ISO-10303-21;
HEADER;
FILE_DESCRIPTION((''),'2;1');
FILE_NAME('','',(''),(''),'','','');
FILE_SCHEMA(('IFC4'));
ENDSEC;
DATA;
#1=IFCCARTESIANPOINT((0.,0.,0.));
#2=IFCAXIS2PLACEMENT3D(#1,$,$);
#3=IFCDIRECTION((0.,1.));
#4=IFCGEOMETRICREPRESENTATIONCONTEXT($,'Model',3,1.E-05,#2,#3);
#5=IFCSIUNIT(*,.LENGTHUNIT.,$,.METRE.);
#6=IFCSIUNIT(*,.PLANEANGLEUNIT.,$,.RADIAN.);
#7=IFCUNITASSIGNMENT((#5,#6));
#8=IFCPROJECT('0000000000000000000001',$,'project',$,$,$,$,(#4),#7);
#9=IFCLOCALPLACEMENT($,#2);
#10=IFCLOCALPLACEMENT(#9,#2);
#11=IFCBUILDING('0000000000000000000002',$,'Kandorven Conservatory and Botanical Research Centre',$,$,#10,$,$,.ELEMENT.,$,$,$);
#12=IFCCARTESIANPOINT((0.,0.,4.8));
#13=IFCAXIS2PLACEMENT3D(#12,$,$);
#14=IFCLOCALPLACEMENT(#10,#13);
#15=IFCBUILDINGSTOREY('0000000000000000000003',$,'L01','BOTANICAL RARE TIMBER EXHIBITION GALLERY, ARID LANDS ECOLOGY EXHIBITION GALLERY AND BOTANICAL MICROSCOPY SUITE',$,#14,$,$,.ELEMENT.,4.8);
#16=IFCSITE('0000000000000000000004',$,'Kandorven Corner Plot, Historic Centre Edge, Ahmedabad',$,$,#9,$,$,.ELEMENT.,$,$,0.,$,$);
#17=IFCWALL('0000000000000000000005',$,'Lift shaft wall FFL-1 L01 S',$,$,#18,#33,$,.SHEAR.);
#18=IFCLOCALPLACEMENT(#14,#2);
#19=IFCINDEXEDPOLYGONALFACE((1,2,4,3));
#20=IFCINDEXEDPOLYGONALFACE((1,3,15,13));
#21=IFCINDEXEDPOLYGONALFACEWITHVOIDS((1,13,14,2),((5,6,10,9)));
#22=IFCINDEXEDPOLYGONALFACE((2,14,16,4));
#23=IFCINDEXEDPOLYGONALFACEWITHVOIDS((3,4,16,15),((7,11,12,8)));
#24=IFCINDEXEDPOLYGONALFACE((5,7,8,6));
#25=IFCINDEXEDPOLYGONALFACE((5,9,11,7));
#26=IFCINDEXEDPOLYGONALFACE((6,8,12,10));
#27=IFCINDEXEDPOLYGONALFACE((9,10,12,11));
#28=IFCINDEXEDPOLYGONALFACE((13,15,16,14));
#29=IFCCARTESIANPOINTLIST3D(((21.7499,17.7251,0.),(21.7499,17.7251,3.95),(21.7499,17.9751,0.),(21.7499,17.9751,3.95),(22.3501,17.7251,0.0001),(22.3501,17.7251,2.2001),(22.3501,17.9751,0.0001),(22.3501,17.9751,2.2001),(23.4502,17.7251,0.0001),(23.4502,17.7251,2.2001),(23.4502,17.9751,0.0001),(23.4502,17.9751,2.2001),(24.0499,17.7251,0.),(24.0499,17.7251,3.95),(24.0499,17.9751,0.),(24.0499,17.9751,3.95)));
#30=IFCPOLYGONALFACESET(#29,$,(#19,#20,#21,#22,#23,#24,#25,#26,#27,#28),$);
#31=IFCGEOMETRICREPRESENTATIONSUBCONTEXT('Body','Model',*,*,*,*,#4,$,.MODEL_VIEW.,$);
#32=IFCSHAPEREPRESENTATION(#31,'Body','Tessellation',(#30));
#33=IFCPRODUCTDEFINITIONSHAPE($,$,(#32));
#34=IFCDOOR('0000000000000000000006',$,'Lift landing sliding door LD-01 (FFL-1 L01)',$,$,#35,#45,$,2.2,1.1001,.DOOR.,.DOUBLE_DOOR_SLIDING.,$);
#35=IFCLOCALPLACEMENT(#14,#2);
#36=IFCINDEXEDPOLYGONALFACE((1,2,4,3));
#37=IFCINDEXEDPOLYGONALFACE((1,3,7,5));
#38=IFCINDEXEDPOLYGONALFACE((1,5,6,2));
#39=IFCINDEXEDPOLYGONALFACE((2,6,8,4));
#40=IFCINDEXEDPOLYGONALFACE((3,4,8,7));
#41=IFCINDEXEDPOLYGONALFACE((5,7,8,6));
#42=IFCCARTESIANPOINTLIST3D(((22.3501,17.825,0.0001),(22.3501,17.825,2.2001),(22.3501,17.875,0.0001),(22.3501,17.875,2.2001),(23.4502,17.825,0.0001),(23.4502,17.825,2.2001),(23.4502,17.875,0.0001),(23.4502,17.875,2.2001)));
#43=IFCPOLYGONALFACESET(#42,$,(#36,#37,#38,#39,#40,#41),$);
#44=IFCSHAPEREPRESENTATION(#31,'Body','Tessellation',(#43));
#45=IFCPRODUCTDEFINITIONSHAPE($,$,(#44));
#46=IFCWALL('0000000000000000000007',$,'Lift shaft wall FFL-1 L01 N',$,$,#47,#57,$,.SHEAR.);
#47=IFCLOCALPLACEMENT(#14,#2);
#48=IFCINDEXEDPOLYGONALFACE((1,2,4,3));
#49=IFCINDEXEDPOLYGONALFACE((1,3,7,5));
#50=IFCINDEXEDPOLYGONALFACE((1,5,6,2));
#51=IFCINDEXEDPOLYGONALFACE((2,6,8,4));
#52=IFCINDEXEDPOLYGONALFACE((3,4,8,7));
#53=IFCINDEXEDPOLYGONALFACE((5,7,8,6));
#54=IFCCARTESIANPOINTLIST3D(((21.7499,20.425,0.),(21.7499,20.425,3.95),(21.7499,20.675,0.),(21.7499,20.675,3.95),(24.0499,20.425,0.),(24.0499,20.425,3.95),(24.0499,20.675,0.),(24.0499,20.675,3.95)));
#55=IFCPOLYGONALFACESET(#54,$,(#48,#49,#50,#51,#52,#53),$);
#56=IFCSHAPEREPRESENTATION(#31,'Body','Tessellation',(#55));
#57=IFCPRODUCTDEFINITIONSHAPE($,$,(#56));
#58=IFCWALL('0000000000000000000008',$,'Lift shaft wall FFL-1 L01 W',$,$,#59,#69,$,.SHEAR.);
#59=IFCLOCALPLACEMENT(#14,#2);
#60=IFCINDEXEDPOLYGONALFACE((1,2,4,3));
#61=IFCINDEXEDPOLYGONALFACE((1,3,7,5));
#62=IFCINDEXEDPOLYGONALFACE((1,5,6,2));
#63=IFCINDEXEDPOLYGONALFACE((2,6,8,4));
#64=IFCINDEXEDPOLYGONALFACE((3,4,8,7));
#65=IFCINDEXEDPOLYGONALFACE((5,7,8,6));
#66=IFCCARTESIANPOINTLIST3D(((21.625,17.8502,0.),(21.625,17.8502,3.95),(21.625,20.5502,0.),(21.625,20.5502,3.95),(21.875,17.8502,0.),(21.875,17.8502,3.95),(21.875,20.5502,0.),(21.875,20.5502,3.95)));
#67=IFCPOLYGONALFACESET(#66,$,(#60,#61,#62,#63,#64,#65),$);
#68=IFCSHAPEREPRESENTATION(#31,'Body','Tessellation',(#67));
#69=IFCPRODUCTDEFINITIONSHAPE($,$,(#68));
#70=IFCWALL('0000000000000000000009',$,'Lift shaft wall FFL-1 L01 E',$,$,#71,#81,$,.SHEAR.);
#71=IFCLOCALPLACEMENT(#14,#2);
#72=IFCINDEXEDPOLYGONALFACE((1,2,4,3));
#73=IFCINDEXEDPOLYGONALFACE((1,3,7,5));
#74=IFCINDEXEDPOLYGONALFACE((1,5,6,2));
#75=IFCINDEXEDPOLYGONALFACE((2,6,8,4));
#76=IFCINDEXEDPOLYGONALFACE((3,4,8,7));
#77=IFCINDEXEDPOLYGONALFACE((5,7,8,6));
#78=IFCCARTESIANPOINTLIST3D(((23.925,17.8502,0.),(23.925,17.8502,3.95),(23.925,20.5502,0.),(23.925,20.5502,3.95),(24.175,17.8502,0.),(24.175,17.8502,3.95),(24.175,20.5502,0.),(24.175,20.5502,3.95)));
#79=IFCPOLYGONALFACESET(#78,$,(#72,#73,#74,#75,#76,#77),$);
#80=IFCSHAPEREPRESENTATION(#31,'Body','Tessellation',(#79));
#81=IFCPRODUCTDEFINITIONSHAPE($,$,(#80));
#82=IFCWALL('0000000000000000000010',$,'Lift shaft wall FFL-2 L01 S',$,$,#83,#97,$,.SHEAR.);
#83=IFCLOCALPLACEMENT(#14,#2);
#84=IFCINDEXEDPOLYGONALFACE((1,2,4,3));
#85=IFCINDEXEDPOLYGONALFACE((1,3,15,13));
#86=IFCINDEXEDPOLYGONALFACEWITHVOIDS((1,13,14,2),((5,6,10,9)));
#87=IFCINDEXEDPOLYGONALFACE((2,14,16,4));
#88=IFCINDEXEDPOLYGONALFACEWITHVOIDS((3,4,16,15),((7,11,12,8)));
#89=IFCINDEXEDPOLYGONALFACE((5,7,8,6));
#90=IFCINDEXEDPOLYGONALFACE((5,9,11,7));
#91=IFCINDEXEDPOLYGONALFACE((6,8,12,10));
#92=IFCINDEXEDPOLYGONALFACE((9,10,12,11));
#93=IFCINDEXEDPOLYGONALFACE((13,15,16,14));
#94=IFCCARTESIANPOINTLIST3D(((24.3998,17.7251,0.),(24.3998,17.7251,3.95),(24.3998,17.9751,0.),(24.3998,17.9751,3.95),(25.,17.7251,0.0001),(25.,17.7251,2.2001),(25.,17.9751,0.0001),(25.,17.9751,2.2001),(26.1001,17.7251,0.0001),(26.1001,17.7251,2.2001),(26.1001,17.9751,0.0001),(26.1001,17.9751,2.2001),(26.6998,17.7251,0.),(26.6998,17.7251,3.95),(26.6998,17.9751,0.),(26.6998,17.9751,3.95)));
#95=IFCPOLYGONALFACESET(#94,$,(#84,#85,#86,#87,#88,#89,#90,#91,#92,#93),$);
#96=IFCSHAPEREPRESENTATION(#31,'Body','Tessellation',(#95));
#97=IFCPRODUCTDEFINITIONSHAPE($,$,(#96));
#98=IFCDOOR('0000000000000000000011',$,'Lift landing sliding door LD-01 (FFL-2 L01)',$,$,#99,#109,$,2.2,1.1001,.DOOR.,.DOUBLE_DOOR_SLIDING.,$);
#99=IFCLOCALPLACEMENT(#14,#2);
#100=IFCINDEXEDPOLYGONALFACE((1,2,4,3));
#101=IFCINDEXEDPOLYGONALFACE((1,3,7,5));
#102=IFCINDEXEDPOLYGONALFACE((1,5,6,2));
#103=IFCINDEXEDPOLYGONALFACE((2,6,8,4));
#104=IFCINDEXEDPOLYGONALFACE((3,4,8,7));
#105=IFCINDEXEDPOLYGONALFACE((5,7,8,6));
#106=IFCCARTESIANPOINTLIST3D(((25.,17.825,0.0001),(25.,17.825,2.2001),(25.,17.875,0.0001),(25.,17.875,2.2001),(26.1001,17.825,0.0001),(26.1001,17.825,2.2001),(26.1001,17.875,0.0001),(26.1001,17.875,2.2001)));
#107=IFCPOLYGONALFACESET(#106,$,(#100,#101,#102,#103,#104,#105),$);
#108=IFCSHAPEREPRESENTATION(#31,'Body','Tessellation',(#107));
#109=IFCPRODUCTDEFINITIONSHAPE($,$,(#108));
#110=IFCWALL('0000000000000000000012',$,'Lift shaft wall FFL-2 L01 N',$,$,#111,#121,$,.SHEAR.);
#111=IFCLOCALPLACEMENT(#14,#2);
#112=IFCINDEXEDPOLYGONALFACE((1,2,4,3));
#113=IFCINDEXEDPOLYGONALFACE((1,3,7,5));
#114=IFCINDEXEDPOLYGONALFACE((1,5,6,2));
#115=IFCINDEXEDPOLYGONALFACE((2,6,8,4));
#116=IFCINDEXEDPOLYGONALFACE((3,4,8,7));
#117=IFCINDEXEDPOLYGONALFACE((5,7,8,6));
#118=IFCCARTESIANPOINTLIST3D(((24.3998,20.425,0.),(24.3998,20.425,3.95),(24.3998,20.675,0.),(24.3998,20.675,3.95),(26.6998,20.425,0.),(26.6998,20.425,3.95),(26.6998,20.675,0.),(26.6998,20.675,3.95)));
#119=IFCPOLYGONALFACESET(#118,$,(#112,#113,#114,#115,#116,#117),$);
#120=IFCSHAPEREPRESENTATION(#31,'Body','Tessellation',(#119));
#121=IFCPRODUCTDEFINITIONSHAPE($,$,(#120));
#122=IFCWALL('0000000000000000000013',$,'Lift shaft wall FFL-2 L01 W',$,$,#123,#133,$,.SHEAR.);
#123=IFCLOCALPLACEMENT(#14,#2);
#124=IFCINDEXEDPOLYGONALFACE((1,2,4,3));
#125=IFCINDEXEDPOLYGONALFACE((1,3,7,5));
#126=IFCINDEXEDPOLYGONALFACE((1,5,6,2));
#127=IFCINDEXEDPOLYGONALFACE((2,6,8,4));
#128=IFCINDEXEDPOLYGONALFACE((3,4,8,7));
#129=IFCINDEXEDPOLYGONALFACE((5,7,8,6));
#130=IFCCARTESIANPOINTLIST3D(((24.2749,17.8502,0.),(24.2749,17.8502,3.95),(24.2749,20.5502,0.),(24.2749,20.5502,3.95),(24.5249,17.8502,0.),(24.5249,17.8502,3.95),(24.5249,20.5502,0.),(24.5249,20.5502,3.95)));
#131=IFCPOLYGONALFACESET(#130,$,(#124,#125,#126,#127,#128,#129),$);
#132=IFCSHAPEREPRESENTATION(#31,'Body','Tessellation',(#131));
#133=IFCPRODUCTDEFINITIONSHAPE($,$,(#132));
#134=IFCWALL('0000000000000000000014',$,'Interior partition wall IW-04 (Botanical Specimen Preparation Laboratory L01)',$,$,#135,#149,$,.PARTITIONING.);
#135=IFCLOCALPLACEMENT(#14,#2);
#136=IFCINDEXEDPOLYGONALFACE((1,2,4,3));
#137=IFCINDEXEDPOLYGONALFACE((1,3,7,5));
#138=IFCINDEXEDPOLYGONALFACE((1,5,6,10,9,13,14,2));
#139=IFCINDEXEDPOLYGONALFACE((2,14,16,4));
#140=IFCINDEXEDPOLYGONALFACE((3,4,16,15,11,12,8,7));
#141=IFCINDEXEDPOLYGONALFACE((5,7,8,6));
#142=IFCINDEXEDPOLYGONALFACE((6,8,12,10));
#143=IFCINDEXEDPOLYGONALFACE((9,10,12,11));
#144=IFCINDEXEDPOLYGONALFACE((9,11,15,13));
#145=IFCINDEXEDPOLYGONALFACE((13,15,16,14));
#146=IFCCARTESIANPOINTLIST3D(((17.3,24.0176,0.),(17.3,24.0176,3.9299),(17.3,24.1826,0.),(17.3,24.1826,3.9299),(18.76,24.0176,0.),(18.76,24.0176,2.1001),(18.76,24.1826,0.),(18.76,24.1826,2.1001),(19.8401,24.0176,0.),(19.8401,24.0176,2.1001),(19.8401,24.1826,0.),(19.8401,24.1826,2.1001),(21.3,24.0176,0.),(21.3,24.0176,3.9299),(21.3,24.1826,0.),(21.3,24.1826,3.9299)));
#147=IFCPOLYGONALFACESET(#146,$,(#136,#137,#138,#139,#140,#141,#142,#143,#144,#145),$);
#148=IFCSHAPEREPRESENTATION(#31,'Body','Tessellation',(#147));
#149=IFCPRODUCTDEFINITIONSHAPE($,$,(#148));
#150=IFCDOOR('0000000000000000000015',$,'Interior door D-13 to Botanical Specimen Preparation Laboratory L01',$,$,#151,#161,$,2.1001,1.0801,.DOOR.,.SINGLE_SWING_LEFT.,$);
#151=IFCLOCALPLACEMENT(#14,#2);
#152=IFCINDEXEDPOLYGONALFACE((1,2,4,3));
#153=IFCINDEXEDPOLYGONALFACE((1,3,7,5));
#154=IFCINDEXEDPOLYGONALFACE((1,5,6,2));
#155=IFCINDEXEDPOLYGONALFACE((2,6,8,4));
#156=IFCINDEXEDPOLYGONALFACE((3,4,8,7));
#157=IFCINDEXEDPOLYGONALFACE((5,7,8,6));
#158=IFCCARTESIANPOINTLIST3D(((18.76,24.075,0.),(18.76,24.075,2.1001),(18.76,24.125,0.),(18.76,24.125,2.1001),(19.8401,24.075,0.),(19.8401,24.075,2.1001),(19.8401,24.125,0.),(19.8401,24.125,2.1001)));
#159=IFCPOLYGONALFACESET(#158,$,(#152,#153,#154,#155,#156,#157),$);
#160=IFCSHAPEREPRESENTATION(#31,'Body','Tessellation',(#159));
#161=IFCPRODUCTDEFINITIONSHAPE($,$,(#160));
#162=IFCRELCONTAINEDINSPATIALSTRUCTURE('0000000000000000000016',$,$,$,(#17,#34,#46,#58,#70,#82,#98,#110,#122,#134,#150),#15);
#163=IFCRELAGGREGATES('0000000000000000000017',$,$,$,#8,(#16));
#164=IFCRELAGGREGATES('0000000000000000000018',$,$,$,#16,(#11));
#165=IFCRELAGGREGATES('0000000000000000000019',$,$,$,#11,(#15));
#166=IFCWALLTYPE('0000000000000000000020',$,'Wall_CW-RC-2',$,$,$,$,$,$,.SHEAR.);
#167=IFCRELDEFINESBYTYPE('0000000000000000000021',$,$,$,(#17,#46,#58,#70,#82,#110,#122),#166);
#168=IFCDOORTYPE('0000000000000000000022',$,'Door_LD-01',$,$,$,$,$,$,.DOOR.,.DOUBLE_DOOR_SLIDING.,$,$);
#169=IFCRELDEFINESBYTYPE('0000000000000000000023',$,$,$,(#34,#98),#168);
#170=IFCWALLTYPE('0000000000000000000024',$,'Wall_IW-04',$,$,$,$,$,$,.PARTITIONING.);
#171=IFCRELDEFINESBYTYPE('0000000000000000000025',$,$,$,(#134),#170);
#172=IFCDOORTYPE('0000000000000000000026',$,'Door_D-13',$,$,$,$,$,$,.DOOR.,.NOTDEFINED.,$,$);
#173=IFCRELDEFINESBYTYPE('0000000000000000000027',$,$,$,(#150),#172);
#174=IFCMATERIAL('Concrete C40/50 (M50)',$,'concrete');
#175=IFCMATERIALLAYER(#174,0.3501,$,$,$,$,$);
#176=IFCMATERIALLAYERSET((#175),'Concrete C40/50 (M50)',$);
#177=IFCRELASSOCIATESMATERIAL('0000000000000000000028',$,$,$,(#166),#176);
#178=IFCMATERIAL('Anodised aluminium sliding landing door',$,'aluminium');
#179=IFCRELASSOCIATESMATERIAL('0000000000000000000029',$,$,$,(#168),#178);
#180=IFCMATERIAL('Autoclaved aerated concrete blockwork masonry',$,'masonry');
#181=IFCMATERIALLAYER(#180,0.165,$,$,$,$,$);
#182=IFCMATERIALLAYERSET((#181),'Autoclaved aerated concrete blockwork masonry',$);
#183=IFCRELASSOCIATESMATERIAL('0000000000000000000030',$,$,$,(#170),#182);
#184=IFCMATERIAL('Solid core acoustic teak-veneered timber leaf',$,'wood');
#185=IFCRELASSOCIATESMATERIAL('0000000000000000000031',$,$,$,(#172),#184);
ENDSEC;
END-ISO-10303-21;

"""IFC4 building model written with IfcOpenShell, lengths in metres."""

from ifc_helpers import new_model, si_unit, direction, frame, frame_2d, origin, place, context, subcontext, project, spatial, rectangle, extrude, material, layer, layer_set, type_object, element, fill, save


model = new_model("IFC4")

# Units and contexts
model_context = context("Model", 3, precision=1e-05, world=origin(), true_north=direction((0.0, 1.0)))
body_context = subcontext(model_context, "Body", "Model", "MODEL_VIEW")
ifc_project = project(units=[si_unit("LENGTHUNIT", "METRE"), si_unit("PLANEANGLEUNIT", "RADIAN")], contexts=[model_context])

# Site, building, storey
site_placement = place(None, origin())
site = spatial("IfcSite", under=ifc_project, at=site_placement, Name="Kandorven Corner Plot, Historic Centre Edge, Ahmedabad", CompositionType="ELEMENT", RefElevation=0.0)
building_placement = place(site_placement, origin())
building = spatial("IfcBuilding", under=site, at=building_placement, Name="Kandorven Conservatory and Botanical Research Centre", CompositionType="ELEMENT")
storey_placement = place(building_placement, frame((0.0, 0.0, 4.8)))
storey = spatial("IfcBuildingStorey", under=building, at=storey_placement, Name="L01", Description="BOTANICAL RARE TIMBER EXHIBITION GALLERY, ARID LANDS ECOLOGY EXHIBITION GALLERY AND BOTANICAL MICROSCOPY SUITE", CompositionType="ELEMENT", Elevation=4.8)

# Wall, opening, door
ifc_material_1 = material(Name="Concrete C40/50 (M50)", Category="concrete")
ifc_layer_1 = layer(ifc_material_1, 0.3501)
ifc_layer_set_1 = layer_set([ifc_layer_1], Name="Concrete C40/50 (M50)")
wall_type_1 = type_object("IfcWallType", Name="Wall_CW-RC-2", PredefinedType="SHEAR", material=ifc_layer_set_1)
wall_1_placement = place(storey_placement, frame((21.75, 17.8501, 0.0), z_axis=(0.0, 0.0, 1.0), x_axis=(1.0, 0.0, 0.0)))
wall_1 = element("IfcWall", 1, at=wall_1_placement, inside=storey, type_object=wall_type_1, Name="Lift shaft wall FFL-1 L01 S", PredefinedType="SHEAR", context=body_context, shape_type="SweptSolid", body=[
    extrude(rectangle(XDim=2.3, YDim=0.25, at=frame_2d((1.1499, 0.0))), origin(), (0.0, 0.0, 1.0), 3.95),
])
opening_1_placement = place(wall_1_placement, frame((0.6001, 0.0, 0.0)))
opening_1 = element("IfcOpeningElement", 2, at=opening_1_placement, cuts=wall_1, PredefinedType="OPENING", context=body_context, shape_type="SweptSolid", body=[
    extrude(rectangle(XDim=1.1001, YDim=2.2, at=frame_2d((0.55, 1.1001))), frame((0.0, 0.135, 0.0), z_axis=(0.0, -1.0, 0.0), x_axis=(1.0, 0.0, 0.0)), (0.0, 0.0, 1.0), 0.27),
])
ifc_material_2 = material(Name="Anodised aluminium sliding landing door", Category="aluminium")
door_type_1 = type_object("IfcDoorType", Name="Door_LD-01", OperationType="DOUBLE_DOOR_SLIDING", PredefinedType="DOOR", material=ifc_material_2)
door_1_placement = place(opening_1_placement, origin())
door_1 = element("IfcDoor", 3, at=door_1_placement, inside=storey, type_object=door_type_1, Name="Lift landing sliding door LD-01 (FFL-1 L01)", OperationType="DOUBLE_DOOR_SLIDING", OverallHeight=2.2, OverallWidth=1.1001, PredefinedType="DOOR", context=body_context, shape_type="SweptSolid", body=[
    extrude(rectangle(XDim=1.1001, YDim=2.2, at=frame_2d((0.55, 1.1001))), frame((0.0, 0.0249, 0.0), z_axis=(0.0, -1.0, 0.0), x_axis=(1.0, 0.0, 0.0)), (0.0, 0.0, 1.0), 0.05),
])
fill(opening_1, door_1)

# Walls
wall_2_placement = place(storey_placement, frame((21.75, 20.55, 0.0), z_axis=(0.0, 0.0, 1.0), x_axis=(1.0, 0.0, 0.0)))
element("IfcWall", 4, at=wall_2_placement, inside=storey, type_object=wall_type_1, Name="Lift shaft wall FFL-1 L01 N", PredefinedType="SHEAR", context=body_context, shape_type="SweptSolid", body=[
    extrude(rectangle(XDim=2.3, YDim=0.25, at=frame_2d((1.1499, 0.0))), origin(), (0.0, 0.0, 1.0), 3.95),
])
for number, where, z_axis, x_axis, name in (
    (5, (21.75, 17.8501, 0.0), (0.0, 0.0, 1.0), (0.0, 1.0, 0.0), "Lift shaft wall FFL-1 L01 W"),
    (6, (24.05, 17.8501, 0.0), (0.0, 0.0, 1.0), (0.0, 1.0, 0.0), "Lift shaft wall FFL-1 L01 E"),
):
    element("IfcWall", number, at=place(storey_placement, frame(where, z_axis=z_axis, x_axis=x_axis)), inside=storey, type_object=wall_type_1, Name=name, PredefinedType="SHEAR", context=body_context, shape_type="SweptSolid", body=[
        extrude(rectangle(XDim=2.7, YDim=0.25, at=frame_2d((1.3501, 0.0))), origin(), (0.0, 0.0, 1.0), 3.95),
    ])

# Wall, opening, door
wall_3_placement = place(storey_placement, frame((24.3999, 17.8501, 0.0), z_axis=(0.0, 0.0, 1.0), x_axis=(1.0, 0.0, 0.0)))
wall_3 = element("IfcWall", 7, at=wall_3_placement, inside=storey, type_object=wall_type_1, Name="Lift shaft wall FFL-2 L01 S", PredefinedType="SHEAR", context=body_context, shape_type="SweptSolid", body=[
    extrude(rectangle(XDim=2.3, YDim=0.25, at=frame_2d((1.1499, 0.0))), origin(), (0.0, 0.0, 1.0), 3.95),
])
opening_2_placement = place(wall_3_placement, frame((0.6001, 0.0, 0.0)))
opening_2 = element("IfcOpeningElement", 8, at=opening_2_placement, cuts=wall_3, PredefinedType="OPENING", context=body_context, shape_type="SweptSolid", body=[
    extrude(rectangle(XDim=1.1001, YDim=2.2, at=frame_2d((0.55, 1.1001))), frame((0.0, 0.135, 0.0), z_axis=(0.0, -1.0, 0.0), x_axis=(1.0, 0.0, 0.0)), (0.0, 0.0, 1.0), 0.27),
])
door_2_placement = place(opening_2_placement, origin())
door_2 = element("IfcDoor", 9, at=door_2_placement, inside=storey, type_object=door_type_1, Name="Lift landing sliding door LD-01 (FFL-2 L01)", OperationType="DOUBLE_DOOR_SLIDING", OverallHeight=2.2, OverallWidth=1.1001, PredefinedType="DOOR", context=body_context, shape_type="SweptSolid", body=[
    extrude(rectangle(XDim=1.1001, YDim=2.2, at=frame_2d((0.55, 1.1001))), frame((0.0, 0.0249, 0.0), z_axis=(0.0, -1.0, 0.0), x_axis=(1.0, 0.0, 0.0)), (0.0, 0.0, 1.0), 0.05),
])
fill(opening_2, door_2)

# Walls
wall_4_placement = place(storey_placement, frame((24.3999, 20.55, 0.0), z_axis=(0.0, 0.0, 1.0), x_axis=(1.0, 0.0, 0.0)))
element("IfcWall", 10, at=wall_4_placement, inside=storey, type_object=wall_type_1, Name="Lift shaft wall FFL-2 L01 N", PredefinedType="SHEAR", context=body_context, shape_type="SweptSolid", body=[
    extrude(rectangle(XDim=2.3, YDim=0.25, at=frame_2d((1.1499, 0.0))), origin(), (0.0, 0.0, 1.0), 3.95),
])
wall_5_placement = place(storey_placement, frame((24.3999, 17.8501, 0.0), z_axis=(0.0, 0.0, 1.0), x_axis=(0.0, 1.0, 0.0)))
element("IfcWall", 11, at=wall_5_placement, inside=storey, type_object=wall_type_1, Name="Lift shaft wall FFL-2 L01 W", PredefinedType="SHEAR", context=body_context, shape_type="SweptSolid", body=[
    extrude(rectangle(XDim=2.7, YDim=0.25, at=frame_2d((1.3501, 0.0))), origin(), (0.0, 0.0, 1.0), 3.95),
])

# Wall, opening, door
ifc_material_3 = material(Name="Autoclaved aerated concrete blockwork masonry", Category="masonry")
ifc_layer_2 = layer(ifc_material_3, 0.165)
ifc_layer_set_2 = layer_set([ifc_layer_2], Name="Autoclaved aerated concrete blockwork masonry")
wall_type_2 = type_object("IfcWallType", Name="Wall_IW-04", PredefinedType="PARTITIONING", material=ifc_layer_set_2)
wall_6_placement = place(storey_placement, frame((17.3, 24.1001, 0.0), z_axis=(0.0, 0.0, 1.0), x_axis=(1.0, 0.0, 0.0)))
wall_6 = element("IfcWall", 12, at=wall_6_placement, inside=storey, type_object=wall_type_2, Name="Interior partition wall IW-04 (Botanical Specimen Preparation Laboratory L01)", PredefinedType="PARTITIONING", context=body_context, shape_type="SweptSolid", body=[
    extrude(rectangle(XDim=4.0, YDim=0.165, at=frame_2d((2.0, 0.0))), origin(), (0.0, 0.0, 1.0), 3.9299),
])
opening_3_placement = place(wall_6_placement, frame((1.46, 0.0, 0.0)))
opening_3 = element("IfcOpeningElement", 13, at=opening_3_placement, cuts=wall_6, PredefinedType="OPENING", context=body_context, shape_type="SweptSolid", body=[
    extrude(rectangle(XDim=1.0801, YDim=2.1001, at=frame_2d((0.54, 1.05))), frame((0.0, 0.0925, 0.0), z_axis=(0.0, -1.0, 0.0), x_axis=(1.0, 0.0, 0.0)), (0.0, 0.0, 1.0), 0.1851),
])
ifc_material_4 = material(Name="Solid core acoustic teak-veneered timber leaf", Category="wood")
door_type_2 = type_object("IfcDoorType", Name="Door_D-13", OperationType="NOTDEFINED", PredefinedType="DOOR", material=ifc_material_4)
door_3_placement = place(opening_3_placement, origin())
door_3 = element("IfcDoor", 14, at=door_3_placement, inside=storey, type_object=door_type_2, Name="Interior door D-13 to Botanical Specimen Preparation Laboratory L01", OperationType="SINGLE_SWING_LEFT", OverallHeight=2.1001, OverallWidth=1.0801, PredefinedType="DOOR", context=body_context, shape_type="SweptSolid", body=[
    extrude(rectangle(XDim=1.0801, YDim=2.1001, at=frame_2d((0.54, 1.05))), frame((0.0, 0.0249, 0.0), z_axis=(0.0, -1.0, 0.0), x_axis=(1.0, 0.0, 0.0)), (0.0, 0.0, 1.0), 0.05),
])
fill(opening_3, door_3)

save(model, "model.ifc")
